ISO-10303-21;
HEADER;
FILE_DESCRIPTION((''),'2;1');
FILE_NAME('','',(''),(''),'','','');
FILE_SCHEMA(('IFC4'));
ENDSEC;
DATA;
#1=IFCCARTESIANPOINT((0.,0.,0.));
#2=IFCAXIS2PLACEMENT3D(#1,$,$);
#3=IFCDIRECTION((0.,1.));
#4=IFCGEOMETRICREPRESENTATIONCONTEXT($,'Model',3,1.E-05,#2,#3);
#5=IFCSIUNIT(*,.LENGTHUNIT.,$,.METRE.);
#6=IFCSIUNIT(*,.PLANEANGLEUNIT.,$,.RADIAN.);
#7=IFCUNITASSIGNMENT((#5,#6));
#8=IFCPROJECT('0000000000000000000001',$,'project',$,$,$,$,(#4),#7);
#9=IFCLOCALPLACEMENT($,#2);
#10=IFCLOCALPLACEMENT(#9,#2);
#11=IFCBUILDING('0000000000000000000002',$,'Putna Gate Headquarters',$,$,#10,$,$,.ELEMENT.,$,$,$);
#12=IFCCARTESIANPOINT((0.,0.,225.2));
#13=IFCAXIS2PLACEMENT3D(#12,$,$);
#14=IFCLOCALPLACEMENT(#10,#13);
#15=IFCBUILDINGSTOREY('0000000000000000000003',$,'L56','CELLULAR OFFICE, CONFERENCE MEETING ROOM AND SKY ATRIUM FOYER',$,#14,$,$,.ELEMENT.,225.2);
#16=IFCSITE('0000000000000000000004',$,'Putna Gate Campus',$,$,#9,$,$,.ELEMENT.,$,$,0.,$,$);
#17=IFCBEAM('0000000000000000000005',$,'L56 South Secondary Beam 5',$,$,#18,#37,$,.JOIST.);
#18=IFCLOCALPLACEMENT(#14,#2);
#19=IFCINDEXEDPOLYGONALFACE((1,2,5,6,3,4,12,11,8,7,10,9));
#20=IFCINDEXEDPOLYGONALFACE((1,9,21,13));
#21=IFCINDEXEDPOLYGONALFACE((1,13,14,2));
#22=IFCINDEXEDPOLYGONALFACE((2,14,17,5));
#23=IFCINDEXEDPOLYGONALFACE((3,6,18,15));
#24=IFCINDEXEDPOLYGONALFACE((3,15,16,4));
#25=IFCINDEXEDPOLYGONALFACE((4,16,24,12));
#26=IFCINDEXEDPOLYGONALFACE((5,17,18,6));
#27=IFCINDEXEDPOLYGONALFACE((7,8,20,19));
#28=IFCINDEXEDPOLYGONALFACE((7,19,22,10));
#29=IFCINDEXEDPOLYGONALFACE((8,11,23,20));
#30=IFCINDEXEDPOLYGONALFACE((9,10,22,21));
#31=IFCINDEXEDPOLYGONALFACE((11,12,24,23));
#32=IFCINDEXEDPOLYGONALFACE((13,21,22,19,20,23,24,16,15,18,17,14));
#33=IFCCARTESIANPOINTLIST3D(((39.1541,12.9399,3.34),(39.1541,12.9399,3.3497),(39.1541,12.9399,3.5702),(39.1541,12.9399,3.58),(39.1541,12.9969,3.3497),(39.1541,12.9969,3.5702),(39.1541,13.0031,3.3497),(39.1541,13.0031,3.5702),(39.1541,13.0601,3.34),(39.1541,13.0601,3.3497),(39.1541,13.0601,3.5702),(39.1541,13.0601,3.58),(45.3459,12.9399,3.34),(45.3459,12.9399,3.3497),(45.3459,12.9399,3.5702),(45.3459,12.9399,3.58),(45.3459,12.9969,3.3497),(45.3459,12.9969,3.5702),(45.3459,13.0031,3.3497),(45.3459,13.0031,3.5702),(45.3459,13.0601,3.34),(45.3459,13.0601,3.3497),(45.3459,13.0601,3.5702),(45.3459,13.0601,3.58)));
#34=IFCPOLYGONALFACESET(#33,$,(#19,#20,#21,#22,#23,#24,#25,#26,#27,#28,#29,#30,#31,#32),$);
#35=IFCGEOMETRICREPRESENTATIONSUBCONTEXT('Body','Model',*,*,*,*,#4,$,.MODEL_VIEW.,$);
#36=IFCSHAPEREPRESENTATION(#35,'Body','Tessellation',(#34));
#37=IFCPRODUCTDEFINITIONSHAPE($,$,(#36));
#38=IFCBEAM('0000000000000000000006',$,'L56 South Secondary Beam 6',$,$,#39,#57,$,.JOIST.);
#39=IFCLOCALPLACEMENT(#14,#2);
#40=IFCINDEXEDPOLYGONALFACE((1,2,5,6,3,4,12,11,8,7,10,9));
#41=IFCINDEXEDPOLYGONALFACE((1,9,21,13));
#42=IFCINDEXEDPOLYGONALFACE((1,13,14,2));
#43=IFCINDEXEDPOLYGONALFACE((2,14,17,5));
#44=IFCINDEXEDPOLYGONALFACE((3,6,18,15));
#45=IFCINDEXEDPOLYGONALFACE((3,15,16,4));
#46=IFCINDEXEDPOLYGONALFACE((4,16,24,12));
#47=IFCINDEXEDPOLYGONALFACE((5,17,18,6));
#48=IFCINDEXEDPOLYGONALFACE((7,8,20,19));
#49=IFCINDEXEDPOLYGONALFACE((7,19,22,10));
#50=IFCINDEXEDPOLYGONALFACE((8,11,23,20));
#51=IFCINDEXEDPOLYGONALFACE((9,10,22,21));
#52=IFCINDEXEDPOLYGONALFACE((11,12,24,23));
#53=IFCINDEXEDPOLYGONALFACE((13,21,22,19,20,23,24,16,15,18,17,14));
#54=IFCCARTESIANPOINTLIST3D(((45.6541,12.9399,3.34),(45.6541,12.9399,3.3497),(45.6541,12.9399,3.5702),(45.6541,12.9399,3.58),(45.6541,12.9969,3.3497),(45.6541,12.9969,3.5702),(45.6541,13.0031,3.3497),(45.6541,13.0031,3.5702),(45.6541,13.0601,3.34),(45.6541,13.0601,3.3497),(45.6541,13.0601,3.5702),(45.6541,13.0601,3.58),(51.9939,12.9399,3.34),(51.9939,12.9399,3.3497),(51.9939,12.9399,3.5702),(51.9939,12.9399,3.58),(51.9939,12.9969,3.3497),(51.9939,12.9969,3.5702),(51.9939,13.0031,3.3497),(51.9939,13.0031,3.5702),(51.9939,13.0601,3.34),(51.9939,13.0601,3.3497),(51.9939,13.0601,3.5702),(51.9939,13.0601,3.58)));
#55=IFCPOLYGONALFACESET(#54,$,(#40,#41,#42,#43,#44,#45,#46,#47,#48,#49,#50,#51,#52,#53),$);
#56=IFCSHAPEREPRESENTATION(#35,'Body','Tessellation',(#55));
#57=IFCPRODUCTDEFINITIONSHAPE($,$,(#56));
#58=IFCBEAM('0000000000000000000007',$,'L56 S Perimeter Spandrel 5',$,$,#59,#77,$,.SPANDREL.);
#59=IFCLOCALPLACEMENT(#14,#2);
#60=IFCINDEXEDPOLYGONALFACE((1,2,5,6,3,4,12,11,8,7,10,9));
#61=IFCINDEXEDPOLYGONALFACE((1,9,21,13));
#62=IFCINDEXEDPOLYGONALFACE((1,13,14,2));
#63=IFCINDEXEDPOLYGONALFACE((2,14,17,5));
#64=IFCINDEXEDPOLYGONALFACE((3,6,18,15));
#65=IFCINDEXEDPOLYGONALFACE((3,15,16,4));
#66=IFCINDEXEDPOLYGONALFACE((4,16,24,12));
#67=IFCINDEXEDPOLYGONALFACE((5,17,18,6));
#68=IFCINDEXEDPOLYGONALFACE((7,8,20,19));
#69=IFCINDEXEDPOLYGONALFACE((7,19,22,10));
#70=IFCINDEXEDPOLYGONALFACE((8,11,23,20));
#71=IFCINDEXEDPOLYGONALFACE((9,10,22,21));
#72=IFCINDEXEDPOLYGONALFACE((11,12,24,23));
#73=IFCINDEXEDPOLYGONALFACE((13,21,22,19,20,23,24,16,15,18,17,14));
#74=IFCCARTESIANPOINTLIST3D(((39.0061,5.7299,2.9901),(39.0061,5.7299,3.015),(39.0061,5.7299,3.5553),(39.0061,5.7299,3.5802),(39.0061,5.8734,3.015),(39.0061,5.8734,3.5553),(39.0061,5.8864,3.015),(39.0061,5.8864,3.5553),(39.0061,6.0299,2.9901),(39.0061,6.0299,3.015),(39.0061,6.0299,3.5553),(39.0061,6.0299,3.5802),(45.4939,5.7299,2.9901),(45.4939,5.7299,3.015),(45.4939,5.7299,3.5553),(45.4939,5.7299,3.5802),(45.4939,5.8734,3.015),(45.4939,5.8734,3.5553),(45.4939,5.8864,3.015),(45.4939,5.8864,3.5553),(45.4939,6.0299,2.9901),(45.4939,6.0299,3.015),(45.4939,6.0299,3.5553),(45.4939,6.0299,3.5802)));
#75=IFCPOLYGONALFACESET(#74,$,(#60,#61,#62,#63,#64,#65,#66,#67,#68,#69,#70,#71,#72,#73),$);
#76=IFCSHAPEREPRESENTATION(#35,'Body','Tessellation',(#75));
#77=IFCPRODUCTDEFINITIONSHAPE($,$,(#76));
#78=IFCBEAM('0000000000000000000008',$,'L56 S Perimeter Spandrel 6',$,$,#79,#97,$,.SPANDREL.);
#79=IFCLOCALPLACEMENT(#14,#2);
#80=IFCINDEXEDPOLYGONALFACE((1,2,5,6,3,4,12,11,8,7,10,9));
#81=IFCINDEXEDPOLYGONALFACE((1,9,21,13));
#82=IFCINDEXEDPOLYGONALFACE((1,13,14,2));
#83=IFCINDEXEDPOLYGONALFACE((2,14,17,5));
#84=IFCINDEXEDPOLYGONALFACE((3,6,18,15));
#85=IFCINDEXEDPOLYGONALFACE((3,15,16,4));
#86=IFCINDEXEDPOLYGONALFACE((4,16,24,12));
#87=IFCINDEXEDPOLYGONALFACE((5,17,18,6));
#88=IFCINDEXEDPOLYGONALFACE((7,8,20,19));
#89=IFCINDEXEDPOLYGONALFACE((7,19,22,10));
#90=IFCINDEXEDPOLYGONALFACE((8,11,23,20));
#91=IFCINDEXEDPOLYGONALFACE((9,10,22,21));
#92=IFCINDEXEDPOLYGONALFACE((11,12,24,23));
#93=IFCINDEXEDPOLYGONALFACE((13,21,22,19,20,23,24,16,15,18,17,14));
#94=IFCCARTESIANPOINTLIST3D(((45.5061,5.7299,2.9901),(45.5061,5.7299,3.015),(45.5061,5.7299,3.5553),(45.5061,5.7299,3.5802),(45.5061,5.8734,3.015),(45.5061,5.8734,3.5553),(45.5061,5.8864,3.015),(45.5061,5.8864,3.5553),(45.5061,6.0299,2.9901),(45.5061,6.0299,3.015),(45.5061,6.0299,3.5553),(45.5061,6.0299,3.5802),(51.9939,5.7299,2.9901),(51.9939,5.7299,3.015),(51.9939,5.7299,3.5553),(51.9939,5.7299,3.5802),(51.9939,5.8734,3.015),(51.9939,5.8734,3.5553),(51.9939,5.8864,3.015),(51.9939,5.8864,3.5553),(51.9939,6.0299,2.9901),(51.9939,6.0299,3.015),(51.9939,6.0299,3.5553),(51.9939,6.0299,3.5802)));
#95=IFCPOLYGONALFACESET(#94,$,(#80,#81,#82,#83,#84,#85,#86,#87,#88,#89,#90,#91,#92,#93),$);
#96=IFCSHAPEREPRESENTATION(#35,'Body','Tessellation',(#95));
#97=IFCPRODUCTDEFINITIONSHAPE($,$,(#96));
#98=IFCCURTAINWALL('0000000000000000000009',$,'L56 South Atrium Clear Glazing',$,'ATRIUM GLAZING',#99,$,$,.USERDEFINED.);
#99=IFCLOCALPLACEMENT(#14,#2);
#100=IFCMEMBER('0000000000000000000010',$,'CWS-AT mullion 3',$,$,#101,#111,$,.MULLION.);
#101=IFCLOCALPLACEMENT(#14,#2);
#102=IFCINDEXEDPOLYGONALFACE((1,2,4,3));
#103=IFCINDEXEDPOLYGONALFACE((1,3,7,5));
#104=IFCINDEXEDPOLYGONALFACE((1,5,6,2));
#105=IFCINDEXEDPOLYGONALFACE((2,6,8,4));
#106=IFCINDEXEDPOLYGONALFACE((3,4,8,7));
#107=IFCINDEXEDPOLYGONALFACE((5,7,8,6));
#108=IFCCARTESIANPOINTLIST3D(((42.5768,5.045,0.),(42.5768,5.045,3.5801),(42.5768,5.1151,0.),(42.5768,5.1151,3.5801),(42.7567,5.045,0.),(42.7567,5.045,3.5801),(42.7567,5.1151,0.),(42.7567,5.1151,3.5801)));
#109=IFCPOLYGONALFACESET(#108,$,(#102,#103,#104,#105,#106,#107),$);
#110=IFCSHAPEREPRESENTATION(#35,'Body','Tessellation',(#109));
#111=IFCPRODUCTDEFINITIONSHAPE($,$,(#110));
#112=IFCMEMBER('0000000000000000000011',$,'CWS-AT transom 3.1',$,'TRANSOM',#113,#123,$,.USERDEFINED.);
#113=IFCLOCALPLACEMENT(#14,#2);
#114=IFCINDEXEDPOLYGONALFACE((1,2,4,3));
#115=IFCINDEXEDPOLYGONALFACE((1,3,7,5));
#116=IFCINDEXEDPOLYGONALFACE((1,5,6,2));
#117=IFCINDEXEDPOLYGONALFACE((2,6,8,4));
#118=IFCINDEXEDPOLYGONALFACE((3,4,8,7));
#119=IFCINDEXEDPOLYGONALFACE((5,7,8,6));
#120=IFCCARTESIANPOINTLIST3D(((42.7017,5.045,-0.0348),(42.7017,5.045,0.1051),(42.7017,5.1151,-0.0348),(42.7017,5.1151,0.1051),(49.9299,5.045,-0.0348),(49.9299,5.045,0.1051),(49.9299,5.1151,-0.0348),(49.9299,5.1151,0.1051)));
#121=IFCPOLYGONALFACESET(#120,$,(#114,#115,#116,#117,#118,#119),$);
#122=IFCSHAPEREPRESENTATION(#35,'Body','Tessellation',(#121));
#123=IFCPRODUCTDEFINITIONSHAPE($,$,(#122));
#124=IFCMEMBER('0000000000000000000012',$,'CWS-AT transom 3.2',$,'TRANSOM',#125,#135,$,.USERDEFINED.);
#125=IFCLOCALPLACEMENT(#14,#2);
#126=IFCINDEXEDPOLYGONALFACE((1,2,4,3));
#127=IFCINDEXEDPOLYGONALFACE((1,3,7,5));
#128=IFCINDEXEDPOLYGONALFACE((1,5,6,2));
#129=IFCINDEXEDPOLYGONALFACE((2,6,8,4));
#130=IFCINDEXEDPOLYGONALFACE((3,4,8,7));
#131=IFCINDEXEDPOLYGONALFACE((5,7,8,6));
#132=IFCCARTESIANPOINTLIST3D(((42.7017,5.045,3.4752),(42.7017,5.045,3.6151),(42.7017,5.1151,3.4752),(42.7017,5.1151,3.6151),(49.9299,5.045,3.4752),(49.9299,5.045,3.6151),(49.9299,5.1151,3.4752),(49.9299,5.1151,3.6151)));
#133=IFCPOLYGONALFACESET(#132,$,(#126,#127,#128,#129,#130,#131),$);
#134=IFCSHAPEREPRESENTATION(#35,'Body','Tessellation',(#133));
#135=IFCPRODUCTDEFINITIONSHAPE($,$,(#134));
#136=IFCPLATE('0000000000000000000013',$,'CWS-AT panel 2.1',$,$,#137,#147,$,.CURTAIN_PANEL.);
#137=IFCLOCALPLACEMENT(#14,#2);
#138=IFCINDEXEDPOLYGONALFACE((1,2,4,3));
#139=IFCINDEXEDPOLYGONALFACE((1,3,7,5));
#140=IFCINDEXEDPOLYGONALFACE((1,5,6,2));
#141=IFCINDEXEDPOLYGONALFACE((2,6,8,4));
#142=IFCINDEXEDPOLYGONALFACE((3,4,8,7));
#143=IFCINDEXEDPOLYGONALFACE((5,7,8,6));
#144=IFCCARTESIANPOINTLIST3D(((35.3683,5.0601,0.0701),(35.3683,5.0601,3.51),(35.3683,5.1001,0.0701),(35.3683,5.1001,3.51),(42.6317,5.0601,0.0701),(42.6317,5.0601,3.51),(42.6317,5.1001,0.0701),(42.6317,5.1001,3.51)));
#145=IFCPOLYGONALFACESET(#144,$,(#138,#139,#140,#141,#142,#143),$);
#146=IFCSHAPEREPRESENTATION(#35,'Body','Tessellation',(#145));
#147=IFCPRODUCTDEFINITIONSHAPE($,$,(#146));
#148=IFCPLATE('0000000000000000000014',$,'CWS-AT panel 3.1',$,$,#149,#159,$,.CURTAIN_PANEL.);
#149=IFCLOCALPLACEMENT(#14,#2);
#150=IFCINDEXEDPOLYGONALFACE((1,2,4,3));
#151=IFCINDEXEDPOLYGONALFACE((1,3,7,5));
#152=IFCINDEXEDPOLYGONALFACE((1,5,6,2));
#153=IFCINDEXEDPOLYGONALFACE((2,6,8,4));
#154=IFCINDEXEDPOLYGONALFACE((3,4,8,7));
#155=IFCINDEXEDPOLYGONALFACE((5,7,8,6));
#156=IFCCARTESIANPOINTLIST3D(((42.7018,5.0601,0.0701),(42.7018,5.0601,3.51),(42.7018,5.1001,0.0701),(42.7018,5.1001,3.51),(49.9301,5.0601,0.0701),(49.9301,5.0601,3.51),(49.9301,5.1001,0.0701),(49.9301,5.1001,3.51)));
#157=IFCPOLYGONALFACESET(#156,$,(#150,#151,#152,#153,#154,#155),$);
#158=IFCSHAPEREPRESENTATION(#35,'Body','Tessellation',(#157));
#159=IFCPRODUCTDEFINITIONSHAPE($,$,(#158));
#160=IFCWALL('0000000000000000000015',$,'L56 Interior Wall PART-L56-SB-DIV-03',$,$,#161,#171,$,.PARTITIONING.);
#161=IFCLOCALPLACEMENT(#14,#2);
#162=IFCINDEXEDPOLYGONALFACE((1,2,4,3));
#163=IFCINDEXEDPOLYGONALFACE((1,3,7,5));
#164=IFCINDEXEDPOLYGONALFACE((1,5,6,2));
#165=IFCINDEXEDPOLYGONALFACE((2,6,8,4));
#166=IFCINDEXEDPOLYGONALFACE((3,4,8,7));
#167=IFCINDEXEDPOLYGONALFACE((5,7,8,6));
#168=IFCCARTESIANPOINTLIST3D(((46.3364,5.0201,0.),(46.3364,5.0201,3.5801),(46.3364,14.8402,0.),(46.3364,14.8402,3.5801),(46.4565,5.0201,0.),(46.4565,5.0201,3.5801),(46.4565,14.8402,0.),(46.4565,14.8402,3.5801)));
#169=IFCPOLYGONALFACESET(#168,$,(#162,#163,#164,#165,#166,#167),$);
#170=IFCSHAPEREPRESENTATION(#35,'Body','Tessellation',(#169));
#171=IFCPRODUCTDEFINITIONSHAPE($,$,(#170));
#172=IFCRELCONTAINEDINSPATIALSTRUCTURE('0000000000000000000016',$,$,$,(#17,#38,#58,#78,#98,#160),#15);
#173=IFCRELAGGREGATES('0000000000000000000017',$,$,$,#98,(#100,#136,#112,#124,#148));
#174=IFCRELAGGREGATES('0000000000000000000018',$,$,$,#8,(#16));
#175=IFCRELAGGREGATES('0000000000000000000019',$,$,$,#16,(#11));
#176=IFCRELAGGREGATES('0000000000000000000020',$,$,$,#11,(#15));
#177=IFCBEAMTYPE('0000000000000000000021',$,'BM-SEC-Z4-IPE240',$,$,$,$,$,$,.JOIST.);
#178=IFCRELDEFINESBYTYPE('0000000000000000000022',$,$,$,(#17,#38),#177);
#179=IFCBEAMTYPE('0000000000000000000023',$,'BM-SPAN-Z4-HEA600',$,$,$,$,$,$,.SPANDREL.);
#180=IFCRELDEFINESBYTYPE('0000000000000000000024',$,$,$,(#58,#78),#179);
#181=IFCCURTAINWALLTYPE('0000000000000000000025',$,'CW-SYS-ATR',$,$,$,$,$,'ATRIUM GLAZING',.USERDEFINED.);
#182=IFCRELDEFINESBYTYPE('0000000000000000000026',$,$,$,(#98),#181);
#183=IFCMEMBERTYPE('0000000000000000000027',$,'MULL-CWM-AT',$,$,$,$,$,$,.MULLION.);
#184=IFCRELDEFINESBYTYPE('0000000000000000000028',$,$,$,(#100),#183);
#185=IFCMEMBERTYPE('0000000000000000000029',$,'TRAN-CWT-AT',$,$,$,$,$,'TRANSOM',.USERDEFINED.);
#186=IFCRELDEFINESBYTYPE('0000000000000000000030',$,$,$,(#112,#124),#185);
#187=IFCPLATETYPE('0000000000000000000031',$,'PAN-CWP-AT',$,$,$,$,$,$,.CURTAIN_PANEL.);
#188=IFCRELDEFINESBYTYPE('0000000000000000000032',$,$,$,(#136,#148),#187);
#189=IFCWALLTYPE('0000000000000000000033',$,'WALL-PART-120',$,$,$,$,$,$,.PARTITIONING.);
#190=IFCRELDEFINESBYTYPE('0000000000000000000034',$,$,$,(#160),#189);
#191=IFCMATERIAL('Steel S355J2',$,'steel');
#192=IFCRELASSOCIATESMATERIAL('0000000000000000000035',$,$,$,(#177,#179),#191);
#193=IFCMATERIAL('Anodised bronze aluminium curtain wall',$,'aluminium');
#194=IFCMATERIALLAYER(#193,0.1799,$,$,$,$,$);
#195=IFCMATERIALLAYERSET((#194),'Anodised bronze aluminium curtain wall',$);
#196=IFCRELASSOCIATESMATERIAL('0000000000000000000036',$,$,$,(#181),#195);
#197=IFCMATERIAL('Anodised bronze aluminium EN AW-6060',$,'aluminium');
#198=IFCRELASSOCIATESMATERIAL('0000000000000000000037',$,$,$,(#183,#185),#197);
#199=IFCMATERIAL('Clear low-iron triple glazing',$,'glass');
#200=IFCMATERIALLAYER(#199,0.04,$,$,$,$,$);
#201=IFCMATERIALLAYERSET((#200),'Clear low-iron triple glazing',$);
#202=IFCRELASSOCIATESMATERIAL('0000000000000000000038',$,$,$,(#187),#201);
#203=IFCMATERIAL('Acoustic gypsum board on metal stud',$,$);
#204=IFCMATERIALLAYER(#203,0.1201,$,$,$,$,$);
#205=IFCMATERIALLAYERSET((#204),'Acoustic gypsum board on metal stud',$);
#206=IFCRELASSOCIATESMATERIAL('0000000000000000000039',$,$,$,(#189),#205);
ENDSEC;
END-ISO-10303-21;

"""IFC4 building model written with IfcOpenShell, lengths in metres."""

from ifc_helpers import new_model, si_unit, direction, frame, frame_2d, origin, origin_2d, place, context, subcontext, project, spatial, rectangle, i_section, extrude, material, layer, layer_set, material_profile, profile_set, type_object, element, aggregate, save


model = new_model("IFC4")

# Units and contexts
model_context = context("Model", 3, precision=1e-05, world=origin(), true_north=direction((0.0, 1.0)))
body_context = subcontext(model_context, "Body", "Model", "MODEL_VIEW")
ifc_project = project(units=[si_unit("LENGTHUNIT", "METRE"), si_unit("PLANEANGLEUNIT", "RADIAN")], contexts=[model_context])

# Site, building, storey
site_placement = place(None, origin())
site = spatial("IfcSite", under=ifc_project, at=site_placement, Name="Putna Gate Campus", CompositionType="ELEMENT", RefElevation=0.0)
building_placement = place(site_placement, origin())
building = spatial("IfcBuilding", under=site, at=building_placement, Name="Putna Gate Headquarters", CompositionType="ELEMENT")
storey_placement = place(building_placement, frame((0.0, 0.0, 225.2)))
storey = spatial("IfcBuildingStorey", under=building, at=storey_placement, Name="L56", Description="CELLULAR OFFICE, CONFERENCE MEETING ROOM AND SKY ATRIUM FOYER", CompositionType="ELEMENT", Elevation=225.2)

# Beams
ifc_material_1 = material(Name="Steel S355J2", Category="steel")
ifc_material_profile_1 = material_profile(ifc_material_1, i_section(OverallWidth=0.1201, OverallDepth=0.24, WebThickness=0.0061, FlangeThickness=0.0098, at=origin_2d()), Name="Steel S355J2")
ifc_profile_set_1 = profile_set([ifc_material_profile_1], Name="Steel S355J2")
beam_type_1 = type_object("IfcBeamType", Name="BM-SEC-Z4-IPE240", PredefinedType="JOIST", material=ifc_profile_set_1)
beam_1_placement = place(storey_placement, frame((39.1541, 13.0, 3.46), z_axis=(1.0, 0.0, 0.0), x_axis=(0.0, 1.0, 0.0)))
element("IfcBeam", 1, at=beam_1_placement, inside=storey, type_object=beam_type_1, Name="L56 South Secondary Beam 5", PredefinedType="JOIST", context=body_context, shape_type="SweptSolid", body=[
    extrude(i_section(OverallWidth=0.1201, OverallDepth=0.24, WebThickness=0.0061, FlangeThickness=0.0098, at=origin_2d()), origin(), (0.0, 0.0, 1.0), 6.1919),
])
beam_2_placement = place(storey_placement, frame((45.6541, 13.0, 3.46), z_axis=(1.0, 0.0, 0.0), x_axis=(0.0, 1.0, 0.0)))
element("IfcBeam", 2, at=beam_2_placement, inside=storey, type_object=beam_type_1, Name="L56 South Secondary Beam 6", PredefinedType="JOIST", context=body_context, shape_type="SweptSolid", body=[
    extrude(i_section(OverallWidth=0.1201, OverallDepth=0.24, WebThickness=0.0061, FlangeThickness=0.0098, at=origin_2d()), origin(), (0.0, 0.0, 1.0), 6.3398),
])
ifc_material_profile_2 = material_profile(ifc_material_1, i_section(OverallWidth=0.3, OverallDepth=0.5901, WebThickness=0.0129, FlangeThickness=0.0249, at=origin_2d()), Name="Steel S355J2")
ifc_profile_set_2 = profile_set([ifc_material_profile_2], Name="Steel S355J2")
beam_type_2 = type_object("IfcBeamType", Name="BM-SPAN-Z4-HEA600", PredefinedType="SPANDREL", material=ifc_profile_set_2)
for number, where, z_axis, x_axis, name in (
    (3, (39.0061, 5.8799, 3.2852), (1.0, 0.0, 0.0), (0.0, 1.0, 0.0), "L56 S Perimeter Spandrel 5"),
    (4, (45.5061, 5.8799, 3.2852), (1.0, 0.0, 0.0), (0.0, 1.0, 0.0), "L56 S Perimeter Spandrel 6"),
):
    element("IfcBeam", number, at=place(storey_placement, frame(where, z_axis=z_axis, x_axis=x_axis)), inside=storey, type_object=beam_type_2, Name=name, PredefinedType="SPANDREL", context=body_context, shape_type="SweptSolid", body=[
        extrude(i_section(OverallWidth=0.3, OverallDepth=0.5901, WebThickness=0.0129, FlangeThickness=0.0249, at=origin_2d()), origin(), (0.0, 0.0, 1.0), 6.4878),
    ])

# Curtain wall, members, plates
ifc_material_2 = material(Name="Anodised bronze aluminium curtain wall", Category="aluminium")
ifc_layer_1 = layer(ifc_material_2, 0.1799)
ifc_layer_set_1 = layer_set([ifc_layer_1], Name="Anodised bronze aluminium curtain wall")
curtain_wall_type = type_object("IfcCurtainWallType", Name="CW-SYS-ATR", ElementType="ATRIUM GLAZING", PredefinedType="USERDEFINED", material=ifc_layer_set_1)
curtain_wall_placement = place(storey_placement, origin())
curtain_wall = element("IfcCurtainWall", 5, at=curtain_wall_placement, inside=storey, type_object=curtain_wall_type, Name="L56 South Atrium Clear Glazing", ObjectType="ATRIUM GLAZING", PredefinedType="USERDEFINED")
ifc_material_3 = material(Name="Anodised bronze aluminium EN AW-6060", Category="aluminium")
ifc_material_profile_3 = material_profile(ifc_material_3, rectangle(XDim=0.0701, YDim=0.1799, at=origin_2d()), Name="Anodised bronze aluminium EN AW-6060")
ifc_profile_set_3 = profile_set([ifc_material_profile_3], Name="Anodised bronze aluminium EN AW-6060")
member_type_1 = type_object("IfcMemberType", Name="MULL-CWM-AT", PredefinedType="MULLION", material=ifc_profile_set_3)
member_1_placement = place(storey_placement, frame((42.6667, 5.0801, 0.0), z_axis=(0.0, 0.0, 1.0), x_axis=(0.0, 1.0, 0.0)))
member_1 = element("IfcMember", 6, at=member_1_placement, type_object=member_type_1, Name="CWS-AT mullion 3", PredefinedType="MULLION", context=body_context, shape_type="SweptSolid", body=[
    extrude(rectangle(XDim=0.0701, YDim=0.1799, at=origin_2d()), origin(), (0.0, 0.0, 1.0), 3.5801),
])
ifc_material_profile_4 = material_profile(ifc_material_3, rectangle(XDim=0.0701, YDim=0.1399, at=origin_2d()), Name="Anodised bronze aluminium EN AW-6060")
ifc_profile_set_4 = profile_set([ifc_material_profile_4], Name="Anodised bronze aluminium EN AW-6060")
member_type_2 = type_object("IfcMemberType", Name="TRAN-CWT-AT", ElementType="TRANSOM", PredefinedType="USERDEFINED", material=ifc_profile_set_4)
member_2_placement = place(storey_placement, frame((42.7017, 5.0801, 0.0352), z_axis=(1.0, 0.0, 0.0), x_axis=(0.0, 1.0, 0.0)))
member_2 = element("IfcMember", 7, at=member_2_placement, type_object=member_type_2, Name="CWS-AT transom 3.1", ObjectType="TRANSOM", PredefinedType="USERDEFINED", context=body_context, shape_type="SweptSolid", body=[
    extrude(rectangle(XDim=0.0701, YDim=0.1399, at=origin_2d()), origin(), (0.0, 0.0, 1.0), 7.2283),
])
member_3_placement = place(storey_placement, frame((42.7017, 5.0801, 3.5452), z_axis=(1.0, 0.0, 0.0), x_axis=(0.0, 1.0, 0.0)))
member_3 = element("IfcMember", 8, at=member_3_placement, type_object=member_type_2, Name="CWS-AT transom 3.2", ObjectType="TRANSOM", PredefinedType="USERDEFINED", context=body_context, shape_type="SweptSolid", body=[
    extrude(rectangle(XDim=0.0701, YDim=0.1399, at=origin_2d()), origin(), (0.0, 0.0, 1.0), 7.2283),
])
ifc_material_4 = material(Name="Clear low-iron triple glazing", Category="glass")
ifc_layer_2 = layer(ifc_material_4, 0.04)
ifc_layer_set_2 = layer_set([ifc_layer_2], Name="Clear low-iron triple glazing")
plate_type = type_object("IfcPlateType", Name="PAN-CWP-AT", PredefinedType="CURTAIN_PANEL", material=ifc_layer_set_2)
plate_1_placement = place(storey_placement, frame((39.0, 5.0801, 0.0701), z_axis=(0.0, 0.0, 1.0), x_axis=(1.0, 0.0, 0.0)))
plate_1 = element("IfcPlate", 9, at=plate_1_placement, type_object=plate_type, Name="CWS-AT panel 2.1", PredefinedType="CURTAIN_PANEL", context=body_context, shape_type="SweptSolid", body=[
    extrude(rectangle(XDim=7.2634, YDim=0.04, at=origin_2d()), origin(), (0.0, 0.0, 1.0), 3.4399),
])
plate_2_placement = place(storey_placement, frame((46.3159, 5.0801, 0.0701), z_axis=(0.0, 0.0, 1.0), x_axis=(1.0, 0.0, 0.0)))
plate_2 = element("IfcPlate", 10, at=plate_2_placement, type_object=plate_type, Name="CWS-AT panel 3.1", PredefinedType="CURTAIN_PANEL", context=body_context, shape_type="SweptSolid", body=[
    extrude(rectangle(XDim=7.2283, YDim=0.04, at=origin_2d()), origin(), (0.0, 0.0, 1.0), 3.4399),
])
aggregate(curtain_wall, [member_1, plate_1, member_2, member_3, plate_2])

# Wall
ifc_material_5 = material(Name="Acoustic gypsum board on metal stud")
ifc_layer_3 = layer(ifc_material_5, 0.1201)
ifc_layer_set_3 = layer_set([ifc_layer_3], Name="Acoustic gypsum board on metal stud")
wall_type_1 = type_object("IfcWallType", Name="WALL-PART-120", PredefinedType="PARTITIONING", material=ifc_layer_set_3)
wall_1_placement = place(storey_placement, frame((46.3965, 5.02, 0.0), z_axis=(0.0, 0.0, 1.0), x_axis=(0.0, 1.0, 0.0)))
element("IfcWall", 11, at=wall_1_placement, inside=storey, type_object=wall_type_1, Name="L56 Interior Wall PART-L56-SB-DIV-03", PredefinedType="PARTITIONING", context=body_context, shape_type="SweptSolid", body=[
    extrude(rectangle(XDim=9.8201, YDim=0.1201, at=frame_2d((4.9102, 0.0))), origin(), (0.0, 0.0, 1.0), 3.5801),
])

save(model, "model.ifc")
